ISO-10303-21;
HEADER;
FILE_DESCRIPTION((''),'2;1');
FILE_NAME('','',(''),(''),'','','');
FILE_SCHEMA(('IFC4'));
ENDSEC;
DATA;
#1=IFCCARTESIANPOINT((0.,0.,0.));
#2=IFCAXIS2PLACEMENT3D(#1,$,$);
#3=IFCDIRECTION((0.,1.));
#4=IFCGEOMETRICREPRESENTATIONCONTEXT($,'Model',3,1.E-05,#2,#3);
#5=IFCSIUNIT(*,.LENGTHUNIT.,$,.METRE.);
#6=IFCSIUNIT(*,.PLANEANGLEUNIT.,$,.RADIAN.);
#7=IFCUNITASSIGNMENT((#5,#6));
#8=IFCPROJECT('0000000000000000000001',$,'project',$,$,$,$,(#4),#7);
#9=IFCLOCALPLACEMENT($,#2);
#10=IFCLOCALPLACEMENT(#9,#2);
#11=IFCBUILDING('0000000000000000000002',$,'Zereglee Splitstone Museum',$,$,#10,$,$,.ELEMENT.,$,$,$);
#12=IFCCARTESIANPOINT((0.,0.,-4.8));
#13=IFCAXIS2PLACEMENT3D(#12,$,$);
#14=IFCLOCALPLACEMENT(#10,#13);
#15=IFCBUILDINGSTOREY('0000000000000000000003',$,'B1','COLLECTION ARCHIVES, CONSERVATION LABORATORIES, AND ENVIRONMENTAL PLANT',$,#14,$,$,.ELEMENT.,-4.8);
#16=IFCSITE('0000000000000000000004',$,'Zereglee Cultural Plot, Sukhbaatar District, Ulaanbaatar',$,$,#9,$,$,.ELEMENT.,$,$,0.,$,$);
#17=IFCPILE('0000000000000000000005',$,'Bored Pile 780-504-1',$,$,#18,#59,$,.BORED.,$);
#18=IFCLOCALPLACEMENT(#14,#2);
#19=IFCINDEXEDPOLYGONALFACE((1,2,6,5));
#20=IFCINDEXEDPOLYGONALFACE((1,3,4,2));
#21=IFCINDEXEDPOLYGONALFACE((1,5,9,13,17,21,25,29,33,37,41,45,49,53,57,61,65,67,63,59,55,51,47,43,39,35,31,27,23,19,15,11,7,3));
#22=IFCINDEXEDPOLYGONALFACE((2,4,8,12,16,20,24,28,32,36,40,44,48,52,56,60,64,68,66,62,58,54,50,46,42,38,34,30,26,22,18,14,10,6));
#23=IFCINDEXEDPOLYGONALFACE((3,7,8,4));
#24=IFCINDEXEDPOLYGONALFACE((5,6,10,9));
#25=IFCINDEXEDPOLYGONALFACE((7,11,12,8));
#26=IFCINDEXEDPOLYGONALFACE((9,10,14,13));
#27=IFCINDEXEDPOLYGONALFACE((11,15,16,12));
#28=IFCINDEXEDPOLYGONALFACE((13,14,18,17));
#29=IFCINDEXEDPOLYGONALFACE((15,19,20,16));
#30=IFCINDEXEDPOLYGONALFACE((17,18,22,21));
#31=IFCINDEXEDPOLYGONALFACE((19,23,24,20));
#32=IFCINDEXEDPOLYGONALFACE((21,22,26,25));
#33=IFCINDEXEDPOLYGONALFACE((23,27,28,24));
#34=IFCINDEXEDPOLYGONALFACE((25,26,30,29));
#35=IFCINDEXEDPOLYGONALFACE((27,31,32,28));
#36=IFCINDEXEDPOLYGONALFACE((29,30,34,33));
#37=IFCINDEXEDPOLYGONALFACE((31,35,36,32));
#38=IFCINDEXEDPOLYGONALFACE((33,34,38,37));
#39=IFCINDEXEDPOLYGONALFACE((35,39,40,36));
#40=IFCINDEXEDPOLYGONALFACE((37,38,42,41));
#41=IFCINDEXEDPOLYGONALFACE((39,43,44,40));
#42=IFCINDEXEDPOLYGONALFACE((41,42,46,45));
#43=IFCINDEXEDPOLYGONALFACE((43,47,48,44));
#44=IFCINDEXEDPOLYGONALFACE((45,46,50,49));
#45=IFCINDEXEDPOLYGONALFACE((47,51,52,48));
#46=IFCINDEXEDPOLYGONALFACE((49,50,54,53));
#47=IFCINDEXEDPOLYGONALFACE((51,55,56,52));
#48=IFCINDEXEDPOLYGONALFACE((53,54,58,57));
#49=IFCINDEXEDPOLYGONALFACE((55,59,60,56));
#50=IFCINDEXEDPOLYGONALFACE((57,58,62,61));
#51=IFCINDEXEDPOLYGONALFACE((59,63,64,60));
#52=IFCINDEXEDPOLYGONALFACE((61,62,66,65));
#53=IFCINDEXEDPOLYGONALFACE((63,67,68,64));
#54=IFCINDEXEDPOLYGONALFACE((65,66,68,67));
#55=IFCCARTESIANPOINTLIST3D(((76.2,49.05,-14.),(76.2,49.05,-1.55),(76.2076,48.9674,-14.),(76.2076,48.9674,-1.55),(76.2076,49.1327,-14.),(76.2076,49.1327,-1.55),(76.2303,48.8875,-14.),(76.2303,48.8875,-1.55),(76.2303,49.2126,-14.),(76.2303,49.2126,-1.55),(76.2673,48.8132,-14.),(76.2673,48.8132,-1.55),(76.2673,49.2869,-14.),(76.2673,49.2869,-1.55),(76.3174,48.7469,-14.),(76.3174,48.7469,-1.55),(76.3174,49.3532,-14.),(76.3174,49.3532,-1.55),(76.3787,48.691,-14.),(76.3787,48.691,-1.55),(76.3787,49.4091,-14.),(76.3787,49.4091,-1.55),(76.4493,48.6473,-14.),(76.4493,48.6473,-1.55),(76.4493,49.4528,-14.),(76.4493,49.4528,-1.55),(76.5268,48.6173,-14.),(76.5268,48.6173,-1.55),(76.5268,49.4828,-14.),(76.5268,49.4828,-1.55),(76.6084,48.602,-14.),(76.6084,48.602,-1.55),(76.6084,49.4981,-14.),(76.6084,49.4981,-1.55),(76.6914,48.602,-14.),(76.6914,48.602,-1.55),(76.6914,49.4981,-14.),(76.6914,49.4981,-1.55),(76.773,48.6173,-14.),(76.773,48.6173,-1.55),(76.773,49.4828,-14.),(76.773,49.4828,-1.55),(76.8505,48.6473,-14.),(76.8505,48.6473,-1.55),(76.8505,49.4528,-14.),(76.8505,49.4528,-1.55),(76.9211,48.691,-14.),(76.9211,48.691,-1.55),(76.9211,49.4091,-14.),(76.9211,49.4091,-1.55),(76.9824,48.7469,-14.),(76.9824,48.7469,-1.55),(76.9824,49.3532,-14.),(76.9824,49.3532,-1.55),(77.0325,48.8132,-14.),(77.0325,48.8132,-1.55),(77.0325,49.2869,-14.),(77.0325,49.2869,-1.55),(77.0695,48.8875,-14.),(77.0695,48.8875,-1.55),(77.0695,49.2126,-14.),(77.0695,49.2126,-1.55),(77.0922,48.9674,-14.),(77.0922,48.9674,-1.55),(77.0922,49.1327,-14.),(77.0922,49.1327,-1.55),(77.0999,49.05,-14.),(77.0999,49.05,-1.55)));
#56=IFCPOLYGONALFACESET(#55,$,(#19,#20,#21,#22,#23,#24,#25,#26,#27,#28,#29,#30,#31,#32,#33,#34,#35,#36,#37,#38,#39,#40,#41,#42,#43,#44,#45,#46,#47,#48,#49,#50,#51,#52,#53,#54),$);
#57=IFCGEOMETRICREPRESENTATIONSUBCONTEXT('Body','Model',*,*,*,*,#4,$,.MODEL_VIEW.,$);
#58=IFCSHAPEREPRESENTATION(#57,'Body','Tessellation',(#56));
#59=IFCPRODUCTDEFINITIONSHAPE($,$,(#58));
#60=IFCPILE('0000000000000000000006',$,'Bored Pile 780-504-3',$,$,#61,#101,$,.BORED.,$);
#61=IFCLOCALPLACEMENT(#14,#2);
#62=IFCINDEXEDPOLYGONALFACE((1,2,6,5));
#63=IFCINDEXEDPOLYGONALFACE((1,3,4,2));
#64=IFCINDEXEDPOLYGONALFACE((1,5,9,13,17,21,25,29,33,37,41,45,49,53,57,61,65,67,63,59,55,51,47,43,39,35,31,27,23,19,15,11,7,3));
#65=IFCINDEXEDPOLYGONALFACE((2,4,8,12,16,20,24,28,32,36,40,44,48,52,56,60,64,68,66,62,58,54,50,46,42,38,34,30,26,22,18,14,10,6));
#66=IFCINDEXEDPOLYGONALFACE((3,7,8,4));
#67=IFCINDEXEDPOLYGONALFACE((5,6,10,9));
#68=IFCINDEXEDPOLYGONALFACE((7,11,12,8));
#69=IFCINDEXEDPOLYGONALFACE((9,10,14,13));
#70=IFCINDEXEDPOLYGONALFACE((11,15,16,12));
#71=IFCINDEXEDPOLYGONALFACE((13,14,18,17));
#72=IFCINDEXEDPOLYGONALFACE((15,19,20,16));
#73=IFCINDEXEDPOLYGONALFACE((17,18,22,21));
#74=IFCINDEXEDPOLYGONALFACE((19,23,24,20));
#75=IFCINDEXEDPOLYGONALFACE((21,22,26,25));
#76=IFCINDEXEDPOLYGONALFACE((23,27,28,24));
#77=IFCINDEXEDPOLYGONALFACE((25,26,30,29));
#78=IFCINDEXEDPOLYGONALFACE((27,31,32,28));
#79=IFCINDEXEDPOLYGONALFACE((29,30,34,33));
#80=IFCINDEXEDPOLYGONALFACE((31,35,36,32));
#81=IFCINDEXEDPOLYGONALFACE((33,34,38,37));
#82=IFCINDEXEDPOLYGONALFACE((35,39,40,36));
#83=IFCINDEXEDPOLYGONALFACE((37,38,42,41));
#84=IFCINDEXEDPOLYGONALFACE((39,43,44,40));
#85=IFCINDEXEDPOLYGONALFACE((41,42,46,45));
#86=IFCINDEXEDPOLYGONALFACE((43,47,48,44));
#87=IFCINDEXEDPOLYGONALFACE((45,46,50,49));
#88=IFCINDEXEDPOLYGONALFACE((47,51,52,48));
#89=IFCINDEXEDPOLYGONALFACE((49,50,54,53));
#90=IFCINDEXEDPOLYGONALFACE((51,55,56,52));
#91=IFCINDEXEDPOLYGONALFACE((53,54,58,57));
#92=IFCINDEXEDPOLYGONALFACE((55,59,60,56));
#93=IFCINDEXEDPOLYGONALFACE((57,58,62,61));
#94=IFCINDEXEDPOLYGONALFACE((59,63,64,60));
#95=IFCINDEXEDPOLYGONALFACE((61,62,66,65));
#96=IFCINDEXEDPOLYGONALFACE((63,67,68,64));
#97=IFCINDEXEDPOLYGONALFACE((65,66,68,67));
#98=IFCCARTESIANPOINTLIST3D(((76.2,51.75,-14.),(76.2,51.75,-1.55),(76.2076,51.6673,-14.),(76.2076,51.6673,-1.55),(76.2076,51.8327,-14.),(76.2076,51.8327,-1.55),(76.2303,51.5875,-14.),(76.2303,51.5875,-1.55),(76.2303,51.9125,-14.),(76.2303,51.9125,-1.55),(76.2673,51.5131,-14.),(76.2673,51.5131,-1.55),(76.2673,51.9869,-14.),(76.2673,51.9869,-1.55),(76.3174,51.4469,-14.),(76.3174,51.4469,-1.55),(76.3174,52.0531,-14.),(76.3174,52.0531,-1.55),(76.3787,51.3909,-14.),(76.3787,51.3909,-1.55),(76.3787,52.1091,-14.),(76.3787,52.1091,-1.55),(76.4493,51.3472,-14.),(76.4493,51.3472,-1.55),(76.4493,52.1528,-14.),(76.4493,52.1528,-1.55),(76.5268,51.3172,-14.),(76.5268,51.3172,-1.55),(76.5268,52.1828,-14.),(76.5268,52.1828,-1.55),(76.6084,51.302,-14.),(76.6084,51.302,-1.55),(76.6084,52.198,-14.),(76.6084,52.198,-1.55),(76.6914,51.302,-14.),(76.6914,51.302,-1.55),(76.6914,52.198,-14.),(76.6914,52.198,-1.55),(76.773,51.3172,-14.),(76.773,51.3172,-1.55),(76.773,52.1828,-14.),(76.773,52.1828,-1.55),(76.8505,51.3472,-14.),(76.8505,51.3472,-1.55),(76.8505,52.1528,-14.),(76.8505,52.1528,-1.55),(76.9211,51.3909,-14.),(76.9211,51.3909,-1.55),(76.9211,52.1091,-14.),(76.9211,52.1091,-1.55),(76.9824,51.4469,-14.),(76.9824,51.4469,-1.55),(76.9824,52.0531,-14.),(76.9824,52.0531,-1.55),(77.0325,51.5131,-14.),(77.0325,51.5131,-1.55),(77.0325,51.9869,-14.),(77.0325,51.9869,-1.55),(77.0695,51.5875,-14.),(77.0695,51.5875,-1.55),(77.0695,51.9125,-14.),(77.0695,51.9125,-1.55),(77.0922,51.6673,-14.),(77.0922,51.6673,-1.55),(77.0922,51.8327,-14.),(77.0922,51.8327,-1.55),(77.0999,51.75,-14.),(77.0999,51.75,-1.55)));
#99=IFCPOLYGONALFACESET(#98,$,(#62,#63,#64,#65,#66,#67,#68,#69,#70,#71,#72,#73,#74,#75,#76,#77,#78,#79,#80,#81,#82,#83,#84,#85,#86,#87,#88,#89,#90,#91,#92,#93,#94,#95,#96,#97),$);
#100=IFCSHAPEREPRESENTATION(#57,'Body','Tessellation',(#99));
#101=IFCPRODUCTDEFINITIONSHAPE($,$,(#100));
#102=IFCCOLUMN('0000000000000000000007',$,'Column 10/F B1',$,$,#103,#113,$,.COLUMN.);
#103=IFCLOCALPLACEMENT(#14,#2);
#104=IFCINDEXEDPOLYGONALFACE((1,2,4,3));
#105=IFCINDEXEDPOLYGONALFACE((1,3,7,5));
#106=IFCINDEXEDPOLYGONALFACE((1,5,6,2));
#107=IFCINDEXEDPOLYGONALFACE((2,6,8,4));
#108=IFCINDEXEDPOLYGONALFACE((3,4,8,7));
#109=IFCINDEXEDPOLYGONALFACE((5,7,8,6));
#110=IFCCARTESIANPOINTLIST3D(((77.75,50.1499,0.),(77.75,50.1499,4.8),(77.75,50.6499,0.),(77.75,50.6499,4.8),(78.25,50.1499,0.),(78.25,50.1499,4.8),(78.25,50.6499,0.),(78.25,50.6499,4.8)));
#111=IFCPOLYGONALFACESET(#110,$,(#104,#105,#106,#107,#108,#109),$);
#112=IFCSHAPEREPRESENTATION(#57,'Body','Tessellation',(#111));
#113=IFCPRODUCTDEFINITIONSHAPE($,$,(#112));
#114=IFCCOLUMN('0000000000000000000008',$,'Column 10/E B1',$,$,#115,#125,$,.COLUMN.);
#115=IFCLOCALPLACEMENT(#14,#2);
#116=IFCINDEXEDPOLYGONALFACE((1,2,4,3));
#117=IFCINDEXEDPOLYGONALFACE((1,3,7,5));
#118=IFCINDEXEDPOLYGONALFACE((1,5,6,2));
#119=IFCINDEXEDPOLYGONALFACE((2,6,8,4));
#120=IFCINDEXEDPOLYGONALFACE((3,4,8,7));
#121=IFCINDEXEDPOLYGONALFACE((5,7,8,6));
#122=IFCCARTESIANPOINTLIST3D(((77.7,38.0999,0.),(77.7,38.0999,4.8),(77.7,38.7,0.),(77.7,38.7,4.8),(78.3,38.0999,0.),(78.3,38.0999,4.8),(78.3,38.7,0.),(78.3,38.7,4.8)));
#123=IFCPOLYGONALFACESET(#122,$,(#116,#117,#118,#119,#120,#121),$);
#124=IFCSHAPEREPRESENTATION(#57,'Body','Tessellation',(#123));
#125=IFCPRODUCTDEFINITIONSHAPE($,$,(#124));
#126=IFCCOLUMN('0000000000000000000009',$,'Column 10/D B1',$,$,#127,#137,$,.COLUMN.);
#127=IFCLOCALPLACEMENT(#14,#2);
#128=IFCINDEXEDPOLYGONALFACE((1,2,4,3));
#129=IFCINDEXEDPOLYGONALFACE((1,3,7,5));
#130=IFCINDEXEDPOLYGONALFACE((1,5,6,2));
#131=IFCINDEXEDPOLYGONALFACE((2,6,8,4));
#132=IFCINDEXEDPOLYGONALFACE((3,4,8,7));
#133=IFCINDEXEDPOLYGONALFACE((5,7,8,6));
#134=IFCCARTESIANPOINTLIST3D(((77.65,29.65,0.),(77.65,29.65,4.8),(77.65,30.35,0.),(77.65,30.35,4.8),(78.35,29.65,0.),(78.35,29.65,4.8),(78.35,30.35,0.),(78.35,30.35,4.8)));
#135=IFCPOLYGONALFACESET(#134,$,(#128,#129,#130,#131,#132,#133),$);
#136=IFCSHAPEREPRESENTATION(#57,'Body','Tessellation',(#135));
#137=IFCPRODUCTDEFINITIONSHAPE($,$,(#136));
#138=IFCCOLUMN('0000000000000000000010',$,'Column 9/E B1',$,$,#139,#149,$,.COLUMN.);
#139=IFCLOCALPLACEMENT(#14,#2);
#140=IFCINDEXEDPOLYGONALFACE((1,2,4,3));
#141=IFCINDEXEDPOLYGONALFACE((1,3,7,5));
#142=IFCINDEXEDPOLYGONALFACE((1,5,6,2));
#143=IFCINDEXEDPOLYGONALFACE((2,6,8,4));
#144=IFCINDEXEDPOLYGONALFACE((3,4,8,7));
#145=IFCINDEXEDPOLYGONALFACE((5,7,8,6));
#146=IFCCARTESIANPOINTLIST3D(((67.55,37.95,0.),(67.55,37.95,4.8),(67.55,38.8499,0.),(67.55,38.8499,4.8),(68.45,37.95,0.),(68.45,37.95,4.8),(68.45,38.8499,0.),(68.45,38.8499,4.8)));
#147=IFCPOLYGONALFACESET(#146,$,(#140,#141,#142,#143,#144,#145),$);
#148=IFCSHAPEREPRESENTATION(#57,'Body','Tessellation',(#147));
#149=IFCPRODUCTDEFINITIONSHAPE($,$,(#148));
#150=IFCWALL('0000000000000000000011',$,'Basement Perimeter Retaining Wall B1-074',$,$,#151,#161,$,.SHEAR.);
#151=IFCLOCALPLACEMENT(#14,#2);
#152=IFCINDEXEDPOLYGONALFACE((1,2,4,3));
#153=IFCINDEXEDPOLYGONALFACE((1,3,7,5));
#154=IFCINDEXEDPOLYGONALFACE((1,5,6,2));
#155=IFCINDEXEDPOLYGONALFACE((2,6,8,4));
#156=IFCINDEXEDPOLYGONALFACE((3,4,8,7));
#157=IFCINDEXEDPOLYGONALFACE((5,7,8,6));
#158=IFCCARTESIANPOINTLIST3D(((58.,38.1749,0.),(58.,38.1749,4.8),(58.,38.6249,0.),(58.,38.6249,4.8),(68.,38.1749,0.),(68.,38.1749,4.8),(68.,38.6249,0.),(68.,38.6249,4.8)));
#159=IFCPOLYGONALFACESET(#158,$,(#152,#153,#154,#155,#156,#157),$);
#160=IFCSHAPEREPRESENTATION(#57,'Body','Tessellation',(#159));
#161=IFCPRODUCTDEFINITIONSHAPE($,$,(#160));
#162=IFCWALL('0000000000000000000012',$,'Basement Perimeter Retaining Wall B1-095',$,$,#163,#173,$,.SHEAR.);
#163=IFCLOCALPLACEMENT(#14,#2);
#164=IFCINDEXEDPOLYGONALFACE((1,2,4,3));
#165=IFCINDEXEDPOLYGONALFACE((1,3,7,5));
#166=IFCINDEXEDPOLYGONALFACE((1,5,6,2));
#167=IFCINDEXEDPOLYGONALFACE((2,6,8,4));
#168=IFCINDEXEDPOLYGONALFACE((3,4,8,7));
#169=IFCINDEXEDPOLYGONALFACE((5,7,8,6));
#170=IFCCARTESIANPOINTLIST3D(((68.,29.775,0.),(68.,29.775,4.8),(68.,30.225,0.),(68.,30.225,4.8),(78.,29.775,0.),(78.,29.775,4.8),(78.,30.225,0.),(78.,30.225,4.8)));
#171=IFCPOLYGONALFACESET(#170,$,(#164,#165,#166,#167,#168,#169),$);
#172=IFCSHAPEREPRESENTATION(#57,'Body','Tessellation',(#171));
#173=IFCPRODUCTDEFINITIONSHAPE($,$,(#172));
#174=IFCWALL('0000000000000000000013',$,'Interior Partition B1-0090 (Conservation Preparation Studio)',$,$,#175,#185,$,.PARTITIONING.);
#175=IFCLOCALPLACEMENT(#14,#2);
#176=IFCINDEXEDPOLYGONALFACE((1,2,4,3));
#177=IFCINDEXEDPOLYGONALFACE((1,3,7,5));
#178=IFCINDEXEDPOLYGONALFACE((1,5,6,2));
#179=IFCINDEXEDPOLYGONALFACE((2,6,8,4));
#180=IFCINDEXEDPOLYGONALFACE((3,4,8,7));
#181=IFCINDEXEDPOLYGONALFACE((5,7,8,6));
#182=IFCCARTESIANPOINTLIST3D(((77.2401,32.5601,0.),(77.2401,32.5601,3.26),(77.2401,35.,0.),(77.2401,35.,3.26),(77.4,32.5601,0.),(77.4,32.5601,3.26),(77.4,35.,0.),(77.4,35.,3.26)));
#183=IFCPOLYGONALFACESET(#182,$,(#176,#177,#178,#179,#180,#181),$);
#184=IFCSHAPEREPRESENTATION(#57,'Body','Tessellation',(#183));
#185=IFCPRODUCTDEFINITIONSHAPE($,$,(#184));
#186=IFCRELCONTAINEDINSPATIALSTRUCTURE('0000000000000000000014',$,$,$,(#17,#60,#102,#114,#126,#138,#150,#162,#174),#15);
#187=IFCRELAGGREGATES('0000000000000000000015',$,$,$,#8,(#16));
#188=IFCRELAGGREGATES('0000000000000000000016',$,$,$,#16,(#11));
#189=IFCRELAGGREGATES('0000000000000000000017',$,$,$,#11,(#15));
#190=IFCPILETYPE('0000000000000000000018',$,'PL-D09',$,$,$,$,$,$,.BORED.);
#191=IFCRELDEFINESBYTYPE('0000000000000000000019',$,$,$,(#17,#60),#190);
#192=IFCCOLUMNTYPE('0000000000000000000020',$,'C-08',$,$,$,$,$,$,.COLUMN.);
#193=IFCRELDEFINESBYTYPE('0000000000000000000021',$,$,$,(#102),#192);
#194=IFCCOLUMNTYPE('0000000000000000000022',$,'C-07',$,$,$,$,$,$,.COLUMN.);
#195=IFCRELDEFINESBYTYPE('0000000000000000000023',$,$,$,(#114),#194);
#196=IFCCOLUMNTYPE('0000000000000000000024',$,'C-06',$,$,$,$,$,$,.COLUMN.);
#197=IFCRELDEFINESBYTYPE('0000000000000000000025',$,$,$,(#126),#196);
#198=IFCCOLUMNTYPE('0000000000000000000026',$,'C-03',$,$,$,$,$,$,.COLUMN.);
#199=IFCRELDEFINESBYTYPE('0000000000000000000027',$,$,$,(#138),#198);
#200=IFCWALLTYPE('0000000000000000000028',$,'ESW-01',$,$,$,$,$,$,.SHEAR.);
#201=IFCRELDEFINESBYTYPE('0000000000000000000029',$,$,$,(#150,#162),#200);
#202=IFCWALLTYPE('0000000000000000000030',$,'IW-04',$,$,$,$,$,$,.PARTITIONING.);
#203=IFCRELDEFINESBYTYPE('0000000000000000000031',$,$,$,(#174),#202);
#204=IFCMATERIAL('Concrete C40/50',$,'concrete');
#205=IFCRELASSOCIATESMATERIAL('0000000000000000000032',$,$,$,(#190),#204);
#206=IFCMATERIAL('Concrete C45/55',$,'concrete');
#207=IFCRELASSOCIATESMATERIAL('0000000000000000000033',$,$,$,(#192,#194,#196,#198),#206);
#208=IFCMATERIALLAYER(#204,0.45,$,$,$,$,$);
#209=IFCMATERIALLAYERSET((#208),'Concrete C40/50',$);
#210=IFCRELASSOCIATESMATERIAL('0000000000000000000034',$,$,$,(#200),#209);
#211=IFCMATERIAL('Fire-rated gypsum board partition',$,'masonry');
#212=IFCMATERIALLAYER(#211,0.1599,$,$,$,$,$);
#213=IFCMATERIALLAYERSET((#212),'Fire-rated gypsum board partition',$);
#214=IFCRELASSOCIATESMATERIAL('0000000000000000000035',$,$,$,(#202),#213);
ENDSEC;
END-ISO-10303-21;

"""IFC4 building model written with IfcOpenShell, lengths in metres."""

from ifc_helpers import new_model, si_unit, direction, frame, frame_2d, origin, origin_2d, place, context, subcontext, project, spatial, rectangle, circle, extrude, material, layer, layer_set, material_profile, profile_set, type_object, element, save


model = new_model("IFC4")

# Units and contexts
model_context = context("Model", 3, precision=1e-05, world=origin(), true_north=direction((0.0, 1.0)))
body_context = subcontext(model_context, "Body", "Model", "MODEL_VIEW")
ifc_project = project(units=[si_unit("LENGTHUNIT", "METRE"), si_unit("PLANEANGLEUNIT", "RADIAN")], contexts=[model_context])

# Site, building, storey
site_placement = place(None, origin())
site = spatial("IfcSite", under=ifc_project, at=site_placement, Name="Zereglee Cultural Plot, Sukhbaatar District, Ulaanbaatar", CompositionType="ELEMENT", RefElevation=0.0)
building_placement = place(site_placement, origin())
building = spatial("IfcBuilding", under=site, at=building_placement, Name="Zereglee Splitstone Museum", CompositionType="ELEMENT")
storey_placement = place(building_placement, frame((0.0, 0.0, -4.8)))
storey = spatial("IfcBuildingStorey", under=building, at=storey_placement, Name="B1", Description="COLLECTION ARCHIVES, CONSERVATION LABORATORIES, AND ENVIRONMENTAL PLANT", CompositionType="ELEMENT", Elevation=-4.8)

# Shared definitions
ifc_material_1 = material(Name="Concrete C40/50", Category="concrete")

# Piles
ifc_material_profile_1 = material_profile(ifc_material_1, circle(Radius=0.45, at=origin_2d()), Name="PILE D900")
ifc_profile_set_1 = profile_set([ifc_material_profile_1], Name="Concrete C40/50")
pile_type_1 = type_object("IfcPileType", Name="PL-D09", PredefinedType="BORED", material=ifc_profile_set_1)
for number, where, z_axis, x_axis, name in (
    (1, (76.6499, 49.05, -1.55), (0.0, 0.0, -1.0), (1.0, 0.0, 0.0), "Bored Pile 780-504-1"),
    (2, (76.6499, 51.75, -1.55), (0.0, 0.0, -1.0), (1.0, 0.0, 0.0), "Bored Pile 780-504-3"),
):
    element("IfcPile", number, at=place(storey_placement, frame(where, z_axis=z_axis, x_axis=x_axis)), inside=storey, type_object=pile_type_1, Name=name, PredefinedType="BORED", context=body_context, shape_type="SweptSolid", body=[
        extrude(circle(Radius=0.45, at=origin_2d()), origin(), (0.0, 0.0, 1.0), 12.45),
    ])

# Columns
ifc_material_2 = material(Name="Concrete C45/55", Category="concrete")
ifc_material_profile_2 = material_profile(ifc_material_2, rectangle(XDim=0.5, YDim=0.5, at=origin_2d()), Name="RC 500x500")
ifc_profile_set_2 = profile_set([ifc_material_profile_2], Name="Concrete C45/55")
column_type_1 = type_object("IfcColumnType", Name="C-08", PredefinedType="COLUMN", material=ifc_profile_set_2)
column_1_placement = place(storey_placement, frame((78.0, 50.3999, 0.0), z_axis=(0.0, 0.0, 1.0), x_axis=(1.0, 0.0, 0.0)))
element("IfcColumn", 3, at=column_1_placement, inside=storey, type_object=column_type_1, Name="Column 10/F B1", PredefinedType="COLUMN", context=body_context, shape_type="SweptSolid", body=[
    extrude(rectangle(XDim=0.5, YDim=0.5, at=origin_2d()), origin(), (0.0, 0.0, 1.0), 4.8),
])
ifc_material_profile_3 = material_profile(ifc_material_2, rectangle(XDim=0.6001, YDim=0.6001, at=origin_2d()), Name="RC 600x600")
ifc_profile_set_3 = profile_set([ifc_material_profile_3], Name="Concrete C45/55")
column_type_2 = type_object("IfcColumnType", Name="C-07", PredefinedType="COLUMN", material=ifc_profile_set_3)
column_2_placement = place(storey_placement, frame((78.0, 38.3999, 0.0), z_axis=(0.0, 0.0, 1.0), x_axis=(1.0, 0.0, 0.0)))
element("IfcColumn", 4, at=column_2_placement, inside=storey, type_object=column_type_2, Name="Column 10/E B1", PredefinedType="COLUMN", context=body_context, shape_type="SweptSolid", body=[
    extrude(rectangle(XDim=0.6001, YDim=0.6001, at=origin_2d()), origin(), (0.0, 0.0, 1.0), 4.8),
])
ifc_material_profile_4 = material_profile(ifc_material_2, rectangle(XDim=0.7, YDim=0.7, at=origin_2d()), Name="RC 700x700")
ifc_profile_set_4 = profile_set([ifc_material_profile_4], Name="Concrete C45/55")
column_type_3 = type_object("IfcColumnType", Name="C-06", PredefinedType="COLUMN", material=ifc_profile_set_4)
column_3_placement = place(storey_placement, frame((78.0, 30.0, 0.0), z_axis=(0.0, 0.0, 1.0), x_axis=(1.0, 0.0, 0.0)))
element("IfcColumn", 5, at=column_3_placement, inside=storey, type_object=column_type_3, Name="Column 10/D B1", PredefinedType="COLUMN", context=body_context, shape_type="SweptSolid", body=[
    extrude(rectangle(XDim=0.7, YDim=0.7, at=origin_2d()), origin(), (0.0, 0.0, 1.0), 4.8),
])
ifc_material_profile_5 = material_profile(ifc_material_2, rectangle(XDim=0.8999, YDim=0.8999, at=origin_2d()), Name="RC 900x900")
ifc_profile_set_5 = profile_set([ifc_material_profile_5], Name="Concrete C45/55")
column_type_4 = type_object("IfcColumnType", Name="C-03", PredefinedType="COLUMN", material=ifc_profile_set_5)
column_4_placement = place(storey_placement, frame((68.0, 38.3999, 0.0), z_axis=(0.0, 0.0, 1.0), x_axis=(1.0, 0.0, 0.0)))
element("IfcColumn", 6, at=column_4_placement, inside=storey, type_object=column_type_4, Name="Column 9/E B1", PredefinedType="COLUMN", context=body_context, shape_type="SweptSolid", body=[
    extrude(rectangle(XDim=0.8999, YDim=0.8999, at=origin_2d()), origin(), (0.0, 0.0, 1.0), 4.8),
])

# Walls
ifc_layer_1 = layer(ifc_material_1, 0.45)
ifc_layer_set_1 = layer_set([ifc_layer_1], Name="Concrete C40/50")
wall_type_1 = type_object("IfcWallType", Name="ESW-01", PredefinedType="SHEAR", material=ifc_layer_set_1)
for number, where, z_axis, x_axis, name in (
    (7, (68.0, 38.3999, 0.0), (0.0, 0.0, 1.0), (-1.0, 0.0, 0.0), "Basement Perimeter Retaining Wall B1-074"),
    (8, (68.0, 30.0, 0.0), (0.0, 0.0, 1.0), (1.0, 0.0, 0.0), "Basement Perimeter Retaining Wall B1-095"),
):
    element("IfcWall", number, at=place(storey_placement, frame(where, z_axis=z_axis, x_axis=x_axis)), inside=storey, type_object=wall_type_1, Name=name, PredefinedType="SHEAR", context=body_context, shape_type="SweptSolid", body=[
        extrude(rectangle(XDim=10.0, YDim=0.45, at=frame_2d((5.0, 0.0))), origin(), (0.0, 0.0, 1.0), 4.8),
    ])
ifc_material_3 = material(Name="Fire-rated gypsum board partition", Category="masonry")
ifc_layer_2 = layer(ifc_material_3, 0.1599)
ifc_layer_set_2 = layer_set([ifc_layer_2], Name="Fire-rated gypsum board partition")
wall_type_2 = type_object("IfcWallType", Name="IW-04", PredefinedType="PARTITIONING", material=ifc_layer_set_2)
wall_1_placement = place(storey_placement, frame((77.3201, 32.5601, 0.0), z_axis=(0.0, 0.0, 1.0), x_axis=(0.0, 1.0, 0.0)))
element("IfcWall", 9, at=wall_1_placement, inside=storey, type_object=wall_type_2, Name="Interior Partition B1-0090 (Conservation Preparation Studio)", PredefinedType="PARTITIONING", context=body_context, shape_type="SweptSolid", body=[
    extrude(rectangle(XDim=2.4399, YDim=0.1599, at=frame_2d((1.22, 0.0))), origin(), (0.0, 0.0, 1.0), 3.26),
])

save(model, "model.ifc")
